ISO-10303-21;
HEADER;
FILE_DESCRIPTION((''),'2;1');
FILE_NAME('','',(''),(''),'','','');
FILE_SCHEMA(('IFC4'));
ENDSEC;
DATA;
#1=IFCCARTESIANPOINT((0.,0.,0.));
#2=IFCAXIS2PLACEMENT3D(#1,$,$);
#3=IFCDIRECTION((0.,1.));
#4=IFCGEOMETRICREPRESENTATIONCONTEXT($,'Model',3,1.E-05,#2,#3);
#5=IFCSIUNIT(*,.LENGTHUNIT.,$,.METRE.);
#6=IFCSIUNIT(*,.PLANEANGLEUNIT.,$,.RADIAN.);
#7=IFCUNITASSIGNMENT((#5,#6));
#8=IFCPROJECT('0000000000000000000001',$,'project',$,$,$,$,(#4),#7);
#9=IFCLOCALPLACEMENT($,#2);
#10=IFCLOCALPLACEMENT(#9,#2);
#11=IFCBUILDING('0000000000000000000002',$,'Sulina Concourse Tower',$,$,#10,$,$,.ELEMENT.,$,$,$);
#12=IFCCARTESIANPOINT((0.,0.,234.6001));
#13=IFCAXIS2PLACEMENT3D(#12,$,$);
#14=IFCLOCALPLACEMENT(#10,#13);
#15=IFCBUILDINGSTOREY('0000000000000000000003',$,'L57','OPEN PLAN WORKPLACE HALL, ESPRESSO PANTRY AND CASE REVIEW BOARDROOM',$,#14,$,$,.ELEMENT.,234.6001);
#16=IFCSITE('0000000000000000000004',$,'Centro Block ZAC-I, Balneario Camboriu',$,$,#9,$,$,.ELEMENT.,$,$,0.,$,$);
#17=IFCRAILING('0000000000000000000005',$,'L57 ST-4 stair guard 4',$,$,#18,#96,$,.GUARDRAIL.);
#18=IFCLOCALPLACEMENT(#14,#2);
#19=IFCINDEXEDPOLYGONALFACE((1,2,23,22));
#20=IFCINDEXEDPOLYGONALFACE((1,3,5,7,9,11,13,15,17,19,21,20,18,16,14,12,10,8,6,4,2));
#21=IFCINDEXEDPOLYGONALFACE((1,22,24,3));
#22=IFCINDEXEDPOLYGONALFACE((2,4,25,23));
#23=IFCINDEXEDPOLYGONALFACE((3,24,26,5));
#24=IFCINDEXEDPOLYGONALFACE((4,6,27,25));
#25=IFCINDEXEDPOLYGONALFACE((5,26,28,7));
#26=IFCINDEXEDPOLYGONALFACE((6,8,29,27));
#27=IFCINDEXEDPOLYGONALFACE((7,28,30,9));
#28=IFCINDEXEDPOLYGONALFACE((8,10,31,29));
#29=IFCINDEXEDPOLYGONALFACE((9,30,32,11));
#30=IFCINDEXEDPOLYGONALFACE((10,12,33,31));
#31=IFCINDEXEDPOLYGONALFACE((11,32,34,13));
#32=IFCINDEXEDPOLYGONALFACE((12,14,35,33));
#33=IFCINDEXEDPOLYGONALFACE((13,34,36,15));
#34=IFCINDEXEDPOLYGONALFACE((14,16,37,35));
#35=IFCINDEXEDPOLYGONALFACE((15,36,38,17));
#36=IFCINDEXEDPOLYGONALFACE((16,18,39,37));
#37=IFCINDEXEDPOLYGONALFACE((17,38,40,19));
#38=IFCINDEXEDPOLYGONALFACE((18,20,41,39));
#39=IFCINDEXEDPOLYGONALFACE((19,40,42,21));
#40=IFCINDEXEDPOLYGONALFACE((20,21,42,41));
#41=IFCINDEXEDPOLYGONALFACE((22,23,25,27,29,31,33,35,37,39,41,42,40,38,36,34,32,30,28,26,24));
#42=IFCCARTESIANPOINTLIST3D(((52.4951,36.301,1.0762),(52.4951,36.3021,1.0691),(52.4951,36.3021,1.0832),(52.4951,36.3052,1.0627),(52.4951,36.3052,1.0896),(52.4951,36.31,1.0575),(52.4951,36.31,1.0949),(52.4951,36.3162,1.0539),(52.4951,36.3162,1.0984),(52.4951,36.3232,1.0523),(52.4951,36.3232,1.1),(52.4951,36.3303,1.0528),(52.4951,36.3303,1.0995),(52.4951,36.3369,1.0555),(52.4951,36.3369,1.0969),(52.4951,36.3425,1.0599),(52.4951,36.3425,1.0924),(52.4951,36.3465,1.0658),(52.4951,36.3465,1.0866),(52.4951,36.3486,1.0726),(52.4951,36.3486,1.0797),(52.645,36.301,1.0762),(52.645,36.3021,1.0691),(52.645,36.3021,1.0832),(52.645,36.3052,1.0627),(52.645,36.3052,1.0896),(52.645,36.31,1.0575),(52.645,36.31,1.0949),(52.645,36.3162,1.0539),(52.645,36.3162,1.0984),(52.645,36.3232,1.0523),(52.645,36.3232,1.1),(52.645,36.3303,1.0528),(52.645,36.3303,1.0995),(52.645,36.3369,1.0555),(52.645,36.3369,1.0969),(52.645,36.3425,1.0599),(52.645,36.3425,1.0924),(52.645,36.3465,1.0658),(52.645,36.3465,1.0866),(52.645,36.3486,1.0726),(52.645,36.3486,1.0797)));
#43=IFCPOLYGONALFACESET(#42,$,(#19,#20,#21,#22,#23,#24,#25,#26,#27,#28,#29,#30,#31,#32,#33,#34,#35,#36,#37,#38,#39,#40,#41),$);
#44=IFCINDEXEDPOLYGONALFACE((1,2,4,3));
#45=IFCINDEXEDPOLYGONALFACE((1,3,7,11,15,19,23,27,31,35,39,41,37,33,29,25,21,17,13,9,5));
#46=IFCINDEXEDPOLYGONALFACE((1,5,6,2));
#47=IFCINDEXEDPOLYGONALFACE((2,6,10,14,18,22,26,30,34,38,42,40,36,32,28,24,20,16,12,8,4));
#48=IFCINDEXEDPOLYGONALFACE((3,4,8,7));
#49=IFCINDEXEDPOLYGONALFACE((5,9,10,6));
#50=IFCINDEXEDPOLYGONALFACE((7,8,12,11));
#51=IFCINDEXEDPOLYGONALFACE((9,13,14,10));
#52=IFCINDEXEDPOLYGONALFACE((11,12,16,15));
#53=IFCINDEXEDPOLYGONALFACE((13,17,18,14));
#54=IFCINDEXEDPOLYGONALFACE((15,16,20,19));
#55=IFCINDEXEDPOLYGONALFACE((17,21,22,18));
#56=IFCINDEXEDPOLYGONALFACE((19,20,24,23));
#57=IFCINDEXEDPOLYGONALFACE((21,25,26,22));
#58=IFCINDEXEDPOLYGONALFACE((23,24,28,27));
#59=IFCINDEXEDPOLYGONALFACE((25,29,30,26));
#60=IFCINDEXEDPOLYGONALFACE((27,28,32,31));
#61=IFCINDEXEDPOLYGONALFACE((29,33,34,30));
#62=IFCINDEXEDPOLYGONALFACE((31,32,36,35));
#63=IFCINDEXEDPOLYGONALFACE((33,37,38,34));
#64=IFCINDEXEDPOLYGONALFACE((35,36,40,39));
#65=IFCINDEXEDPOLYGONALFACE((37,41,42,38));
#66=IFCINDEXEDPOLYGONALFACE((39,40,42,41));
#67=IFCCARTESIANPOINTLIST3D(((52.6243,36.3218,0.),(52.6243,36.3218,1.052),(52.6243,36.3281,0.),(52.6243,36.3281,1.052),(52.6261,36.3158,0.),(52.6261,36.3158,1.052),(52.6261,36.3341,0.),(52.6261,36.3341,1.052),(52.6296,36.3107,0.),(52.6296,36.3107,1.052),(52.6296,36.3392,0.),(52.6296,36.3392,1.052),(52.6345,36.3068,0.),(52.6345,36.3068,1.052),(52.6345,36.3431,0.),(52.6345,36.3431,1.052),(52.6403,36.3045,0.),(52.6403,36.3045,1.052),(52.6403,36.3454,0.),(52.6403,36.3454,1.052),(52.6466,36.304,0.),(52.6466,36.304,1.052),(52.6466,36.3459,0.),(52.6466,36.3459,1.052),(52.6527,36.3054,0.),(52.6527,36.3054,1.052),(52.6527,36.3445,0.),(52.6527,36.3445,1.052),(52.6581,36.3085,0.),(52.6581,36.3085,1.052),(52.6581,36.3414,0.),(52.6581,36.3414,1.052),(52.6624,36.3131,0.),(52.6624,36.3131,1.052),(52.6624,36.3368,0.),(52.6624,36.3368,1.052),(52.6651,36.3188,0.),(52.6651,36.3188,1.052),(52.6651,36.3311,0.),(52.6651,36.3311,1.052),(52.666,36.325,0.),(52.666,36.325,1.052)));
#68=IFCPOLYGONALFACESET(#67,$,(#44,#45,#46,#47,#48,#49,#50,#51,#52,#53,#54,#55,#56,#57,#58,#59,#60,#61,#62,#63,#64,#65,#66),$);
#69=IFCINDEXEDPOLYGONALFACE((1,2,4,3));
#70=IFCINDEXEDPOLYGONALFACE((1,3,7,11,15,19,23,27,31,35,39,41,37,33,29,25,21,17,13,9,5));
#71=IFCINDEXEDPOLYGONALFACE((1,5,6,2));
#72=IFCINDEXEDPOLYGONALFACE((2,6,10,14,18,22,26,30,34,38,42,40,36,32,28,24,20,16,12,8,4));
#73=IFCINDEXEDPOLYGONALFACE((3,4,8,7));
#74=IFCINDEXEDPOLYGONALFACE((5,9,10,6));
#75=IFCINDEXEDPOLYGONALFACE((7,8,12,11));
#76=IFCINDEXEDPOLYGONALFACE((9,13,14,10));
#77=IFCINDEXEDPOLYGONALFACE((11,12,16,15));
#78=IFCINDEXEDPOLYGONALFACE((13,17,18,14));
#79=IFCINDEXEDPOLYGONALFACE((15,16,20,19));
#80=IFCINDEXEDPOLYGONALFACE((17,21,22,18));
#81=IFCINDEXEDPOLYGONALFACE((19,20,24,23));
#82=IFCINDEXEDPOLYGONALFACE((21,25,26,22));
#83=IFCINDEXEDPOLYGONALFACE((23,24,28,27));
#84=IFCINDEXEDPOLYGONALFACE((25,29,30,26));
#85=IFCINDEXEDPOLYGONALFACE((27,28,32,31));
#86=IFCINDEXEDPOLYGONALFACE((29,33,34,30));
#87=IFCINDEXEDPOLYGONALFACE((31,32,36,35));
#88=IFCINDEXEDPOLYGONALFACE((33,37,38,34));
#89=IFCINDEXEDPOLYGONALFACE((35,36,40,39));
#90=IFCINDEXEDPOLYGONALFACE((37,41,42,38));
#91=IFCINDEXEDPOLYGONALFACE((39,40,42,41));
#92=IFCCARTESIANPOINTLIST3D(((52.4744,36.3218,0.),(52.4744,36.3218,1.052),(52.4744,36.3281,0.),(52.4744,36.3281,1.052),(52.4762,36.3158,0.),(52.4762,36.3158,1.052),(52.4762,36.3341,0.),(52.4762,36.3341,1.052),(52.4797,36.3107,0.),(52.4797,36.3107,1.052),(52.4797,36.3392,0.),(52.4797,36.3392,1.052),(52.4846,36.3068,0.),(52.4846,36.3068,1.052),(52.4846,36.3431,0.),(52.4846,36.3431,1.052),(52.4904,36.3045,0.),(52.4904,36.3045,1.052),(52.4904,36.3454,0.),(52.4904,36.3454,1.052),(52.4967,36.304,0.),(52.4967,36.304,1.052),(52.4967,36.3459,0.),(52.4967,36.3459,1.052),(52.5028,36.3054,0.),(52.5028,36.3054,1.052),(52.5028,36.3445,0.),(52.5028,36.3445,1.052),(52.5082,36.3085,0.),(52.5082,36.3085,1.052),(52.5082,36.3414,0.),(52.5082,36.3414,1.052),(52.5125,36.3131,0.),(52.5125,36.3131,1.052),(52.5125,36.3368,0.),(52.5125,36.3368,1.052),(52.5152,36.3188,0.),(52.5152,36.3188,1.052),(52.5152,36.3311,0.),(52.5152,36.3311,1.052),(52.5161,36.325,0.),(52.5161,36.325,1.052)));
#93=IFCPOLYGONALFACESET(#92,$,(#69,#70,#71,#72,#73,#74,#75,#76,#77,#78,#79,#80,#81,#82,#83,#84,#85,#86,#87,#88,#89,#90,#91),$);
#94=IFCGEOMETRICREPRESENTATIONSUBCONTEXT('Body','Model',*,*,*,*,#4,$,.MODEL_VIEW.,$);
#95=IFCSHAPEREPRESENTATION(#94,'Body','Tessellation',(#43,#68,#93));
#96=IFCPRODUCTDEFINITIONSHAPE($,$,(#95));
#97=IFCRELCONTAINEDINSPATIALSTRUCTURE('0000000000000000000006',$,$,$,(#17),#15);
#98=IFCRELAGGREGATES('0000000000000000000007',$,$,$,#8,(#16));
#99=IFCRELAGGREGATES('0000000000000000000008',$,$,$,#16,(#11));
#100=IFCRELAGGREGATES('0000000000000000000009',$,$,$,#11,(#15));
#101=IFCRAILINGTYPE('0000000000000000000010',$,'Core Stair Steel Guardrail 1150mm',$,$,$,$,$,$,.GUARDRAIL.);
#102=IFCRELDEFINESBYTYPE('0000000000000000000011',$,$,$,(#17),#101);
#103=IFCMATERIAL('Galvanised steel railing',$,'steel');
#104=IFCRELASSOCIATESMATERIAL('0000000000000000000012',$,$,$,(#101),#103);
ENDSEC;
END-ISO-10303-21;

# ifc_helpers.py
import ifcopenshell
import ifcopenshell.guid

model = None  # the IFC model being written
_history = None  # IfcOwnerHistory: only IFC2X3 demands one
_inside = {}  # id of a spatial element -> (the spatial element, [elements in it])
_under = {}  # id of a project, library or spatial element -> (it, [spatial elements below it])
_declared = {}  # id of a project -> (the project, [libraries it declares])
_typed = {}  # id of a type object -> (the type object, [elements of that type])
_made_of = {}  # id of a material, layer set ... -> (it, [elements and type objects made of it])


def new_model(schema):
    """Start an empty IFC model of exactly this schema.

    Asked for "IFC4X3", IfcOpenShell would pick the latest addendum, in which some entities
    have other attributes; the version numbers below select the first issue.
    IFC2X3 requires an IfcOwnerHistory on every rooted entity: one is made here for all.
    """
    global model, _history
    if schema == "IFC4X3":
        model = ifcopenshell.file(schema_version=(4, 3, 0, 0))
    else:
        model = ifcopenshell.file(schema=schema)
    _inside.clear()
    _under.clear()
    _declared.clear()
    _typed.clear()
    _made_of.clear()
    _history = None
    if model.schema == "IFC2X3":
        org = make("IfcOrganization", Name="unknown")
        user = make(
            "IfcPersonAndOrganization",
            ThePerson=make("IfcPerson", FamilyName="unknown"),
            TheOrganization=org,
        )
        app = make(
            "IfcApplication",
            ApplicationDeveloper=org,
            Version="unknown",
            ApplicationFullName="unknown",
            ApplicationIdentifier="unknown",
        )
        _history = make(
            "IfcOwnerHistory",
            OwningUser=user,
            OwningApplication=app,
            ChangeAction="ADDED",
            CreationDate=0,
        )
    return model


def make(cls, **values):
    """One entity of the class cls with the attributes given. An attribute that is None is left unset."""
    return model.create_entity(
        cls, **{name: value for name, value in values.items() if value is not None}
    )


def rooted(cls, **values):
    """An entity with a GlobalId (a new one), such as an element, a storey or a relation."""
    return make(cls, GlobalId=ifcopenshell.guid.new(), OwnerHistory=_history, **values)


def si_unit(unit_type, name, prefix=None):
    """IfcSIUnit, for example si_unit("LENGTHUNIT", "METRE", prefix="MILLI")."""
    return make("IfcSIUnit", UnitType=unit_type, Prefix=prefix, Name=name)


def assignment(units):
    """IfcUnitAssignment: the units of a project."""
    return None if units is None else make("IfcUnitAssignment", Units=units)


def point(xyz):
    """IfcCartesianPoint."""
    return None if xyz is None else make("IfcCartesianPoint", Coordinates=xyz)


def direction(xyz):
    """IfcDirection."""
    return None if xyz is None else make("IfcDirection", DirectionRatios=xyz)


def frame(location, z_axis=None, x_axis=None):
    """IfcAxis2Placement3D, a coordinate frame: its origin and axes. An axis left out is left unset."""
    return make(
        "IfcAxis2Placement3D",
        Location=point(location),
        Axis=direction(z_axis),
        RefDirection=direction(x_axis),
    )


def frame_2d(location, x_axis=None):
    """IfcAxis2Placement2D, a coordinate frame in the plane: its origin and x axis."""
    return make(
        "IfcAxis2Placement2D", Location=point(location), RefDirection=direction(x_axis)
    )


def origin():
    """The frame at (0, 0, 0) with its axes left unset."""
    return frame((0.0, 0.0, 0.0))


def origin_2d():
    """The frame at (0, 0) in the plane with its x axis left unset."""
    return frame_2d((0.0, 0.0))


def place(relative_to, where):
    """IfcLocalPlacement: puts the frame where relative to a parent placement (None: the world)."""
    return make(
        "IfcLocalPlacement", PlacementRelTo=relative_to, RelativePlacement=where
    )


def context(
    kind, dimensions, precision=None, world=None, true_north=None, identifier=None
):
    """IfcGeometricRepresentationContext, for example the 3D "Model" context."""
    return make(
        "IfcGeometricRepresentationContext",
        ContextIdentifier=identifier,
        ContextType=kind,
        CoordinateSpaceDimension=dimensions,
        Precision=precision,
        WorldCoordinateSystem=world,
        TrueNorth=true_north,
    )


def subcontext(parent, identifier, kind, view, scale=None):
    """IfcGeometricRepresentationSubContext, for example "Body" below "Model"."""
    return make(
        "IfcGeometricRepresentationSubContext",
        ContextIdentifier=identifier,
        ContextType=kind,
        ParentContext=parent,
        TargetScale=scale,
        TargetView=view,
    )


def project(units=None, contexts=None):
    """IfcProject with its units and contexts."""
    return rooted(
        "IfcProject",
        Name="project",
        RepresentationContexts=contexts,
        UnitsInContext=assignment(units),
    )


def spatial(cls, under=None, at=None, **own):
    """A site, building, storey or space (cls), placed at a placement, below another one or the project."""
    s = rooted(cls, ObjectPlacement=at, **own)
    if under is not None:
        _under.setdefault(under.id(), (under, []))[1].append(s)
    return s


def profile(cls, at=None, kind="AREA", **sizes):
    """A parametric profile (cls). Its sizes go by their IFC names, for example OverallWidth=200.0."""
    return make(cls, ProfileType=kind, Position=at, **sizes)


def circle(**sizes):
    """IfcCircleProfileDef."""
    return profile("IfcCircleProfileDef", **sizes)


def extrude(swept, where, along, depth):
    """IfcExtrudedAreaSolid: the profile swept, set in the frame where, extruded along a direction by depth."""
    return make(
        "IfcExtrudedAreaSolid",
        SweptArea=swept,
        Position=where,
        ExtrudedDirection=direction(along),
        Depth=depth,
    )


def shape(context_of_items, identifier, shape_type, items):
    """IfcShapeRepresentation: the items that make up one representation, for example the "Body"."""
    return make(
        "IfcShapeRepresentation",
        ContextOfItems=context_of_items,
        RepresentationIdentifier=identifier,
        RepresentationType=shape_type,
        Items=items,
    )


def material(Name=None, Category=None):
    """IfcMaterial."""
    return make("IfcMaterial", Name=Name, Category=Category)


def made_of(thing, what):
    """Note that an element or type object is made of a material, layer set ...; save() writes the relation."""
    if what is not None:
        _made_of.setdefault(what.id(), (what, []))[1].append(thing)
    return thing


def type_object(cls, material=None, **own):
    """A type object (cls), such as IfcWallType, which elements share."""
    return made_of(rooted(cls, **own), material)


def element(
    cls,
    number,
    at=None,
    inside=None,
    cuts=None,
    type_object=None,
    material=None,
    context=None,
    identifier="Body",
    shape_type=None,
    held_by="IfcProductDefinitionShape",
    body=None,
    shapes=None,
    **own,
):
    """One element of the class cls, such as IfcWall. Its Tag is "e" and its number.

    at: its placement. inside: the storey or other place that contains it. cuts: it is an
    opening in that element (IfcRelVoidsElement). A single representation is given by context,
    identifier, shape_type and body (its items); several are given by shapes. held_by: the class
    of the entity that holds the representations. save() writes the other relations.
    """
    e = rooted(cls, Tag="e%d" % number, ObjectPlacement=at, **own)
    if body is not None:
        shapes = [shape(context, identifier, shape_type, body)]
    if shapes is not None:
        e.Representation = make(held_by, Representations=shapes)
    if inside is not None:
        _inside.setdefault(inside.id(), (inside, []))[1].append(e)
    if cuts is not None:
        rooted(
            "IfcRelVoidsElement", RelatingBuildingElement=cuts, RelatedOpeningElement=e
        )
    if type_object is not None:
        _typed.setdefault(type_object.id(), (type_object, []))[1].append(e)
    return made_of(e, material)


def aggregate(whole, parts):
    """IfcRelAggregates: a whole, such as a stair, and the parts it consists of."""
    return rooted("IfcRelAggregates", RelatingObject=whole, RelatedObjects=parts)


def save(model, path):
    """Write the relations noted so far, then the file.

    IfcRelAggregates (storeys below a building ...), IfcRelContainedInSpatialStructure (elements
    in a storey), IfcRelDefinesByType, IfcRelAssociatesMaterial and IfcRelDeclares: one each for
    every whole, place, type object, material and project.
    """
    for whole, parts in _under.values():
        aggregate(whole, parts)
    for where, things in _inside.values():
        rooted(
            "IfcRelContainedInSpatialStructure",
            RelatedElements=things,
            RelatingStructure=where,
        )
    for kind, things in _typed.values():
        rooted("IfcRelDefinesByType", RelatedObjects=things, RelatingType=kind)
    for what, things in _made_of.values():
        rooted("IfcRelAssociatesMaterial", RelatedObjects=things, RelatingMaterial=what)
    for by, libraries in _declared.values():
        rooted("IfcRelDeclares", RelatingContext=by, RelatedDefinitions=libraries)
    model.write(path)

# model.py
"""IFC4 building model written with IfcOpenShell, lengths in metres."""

from ifc_helpers import new_model, si_unit, direction, frame, origin, origin_2d, place, context, subcontext, project, spatial, circle, extrude, material, type_object, element, save


model = new_model("IFC4")

# Units and contexts
model_context = context("Model", 3, precision=1e-05, world=origin(), true_north=direction((0.0, 1.0)))
body_context = subcontext(model_context, "Body", "Model", "MODEL_VIEW")
ifc_project = project(units=[si_unit("LENGTHUNIT", "METRE"), si_unit("PLANEANGLEUNIT", "RADIAN")], contexts=[model_context])

# Site, building, storey
site_placement = place(None, origin())
site = spatial("IfcSite", under=ifc_project, at=site_placement, Name="Centro Block ZAC-I, Balneario Camboriu", CompositionType="ELEMENT", RefElevation=0.0)
building_placement = place(site_placement, origin())
building = spatial("IfcBuilding", under=site, at=building_placement, Name="Sulina Concourse Tower", CompositionType="ELEMENT")
storey_placement = place(building_placement, frame((0.0, 0.0, 234.6001)))
storey = spatial("IfcBuildingStorey", under=building, at=storey_placement, Name="L57", Description="OPEN PLAN WORKPLACE HALL, ESPRESSO PANTRY AND CASE REVIEW BOARDROOM", CompositionType="ELEMENT", Elevation=234.6001)

# Railing
ifc_material_1 = material(Name="Galvanised steel railing", Category="steel")
railing_type_1 = type_object("IfcRailingType", Name="Core Stair Steel Guardrail 1150mm", PredefinedType="GUARDRAIL", material=ifc_material_1)
railing_1_placement = place(storey_placement, frame((52.645, 36.325, 0.0)))
element("IfcRailing", 1, at=railing_1_placement, inside=storey, type_object=railing_type_1, Name="L57 ST-4 stair guard 4", PredefinedType="GUARDRAIL", context=body_context, shape_type="SweptSolid", body=[
    extrude(circle(Radius=0.0239, at=origin_2d()), frame((0.0, 0.0, 1.0762), z_axis=(-1.0, 0.0, 0.0), x_axis=(0.0, -1.0, 0.0)), (0.0, 0.0, 1.0), 0.1499),
    extrude(circle(Radius=0.021, at=origin_2d()), origin(), (0.0, 0.0, 1.0), 1.052),
    extrude(circle(Radius=0.021, at=origin_2d()), frame((-0.1499, 0.0, 0.0)), (0.0, 0.0, 1.0), 1.052),
])

save(model, "model.ifc")
